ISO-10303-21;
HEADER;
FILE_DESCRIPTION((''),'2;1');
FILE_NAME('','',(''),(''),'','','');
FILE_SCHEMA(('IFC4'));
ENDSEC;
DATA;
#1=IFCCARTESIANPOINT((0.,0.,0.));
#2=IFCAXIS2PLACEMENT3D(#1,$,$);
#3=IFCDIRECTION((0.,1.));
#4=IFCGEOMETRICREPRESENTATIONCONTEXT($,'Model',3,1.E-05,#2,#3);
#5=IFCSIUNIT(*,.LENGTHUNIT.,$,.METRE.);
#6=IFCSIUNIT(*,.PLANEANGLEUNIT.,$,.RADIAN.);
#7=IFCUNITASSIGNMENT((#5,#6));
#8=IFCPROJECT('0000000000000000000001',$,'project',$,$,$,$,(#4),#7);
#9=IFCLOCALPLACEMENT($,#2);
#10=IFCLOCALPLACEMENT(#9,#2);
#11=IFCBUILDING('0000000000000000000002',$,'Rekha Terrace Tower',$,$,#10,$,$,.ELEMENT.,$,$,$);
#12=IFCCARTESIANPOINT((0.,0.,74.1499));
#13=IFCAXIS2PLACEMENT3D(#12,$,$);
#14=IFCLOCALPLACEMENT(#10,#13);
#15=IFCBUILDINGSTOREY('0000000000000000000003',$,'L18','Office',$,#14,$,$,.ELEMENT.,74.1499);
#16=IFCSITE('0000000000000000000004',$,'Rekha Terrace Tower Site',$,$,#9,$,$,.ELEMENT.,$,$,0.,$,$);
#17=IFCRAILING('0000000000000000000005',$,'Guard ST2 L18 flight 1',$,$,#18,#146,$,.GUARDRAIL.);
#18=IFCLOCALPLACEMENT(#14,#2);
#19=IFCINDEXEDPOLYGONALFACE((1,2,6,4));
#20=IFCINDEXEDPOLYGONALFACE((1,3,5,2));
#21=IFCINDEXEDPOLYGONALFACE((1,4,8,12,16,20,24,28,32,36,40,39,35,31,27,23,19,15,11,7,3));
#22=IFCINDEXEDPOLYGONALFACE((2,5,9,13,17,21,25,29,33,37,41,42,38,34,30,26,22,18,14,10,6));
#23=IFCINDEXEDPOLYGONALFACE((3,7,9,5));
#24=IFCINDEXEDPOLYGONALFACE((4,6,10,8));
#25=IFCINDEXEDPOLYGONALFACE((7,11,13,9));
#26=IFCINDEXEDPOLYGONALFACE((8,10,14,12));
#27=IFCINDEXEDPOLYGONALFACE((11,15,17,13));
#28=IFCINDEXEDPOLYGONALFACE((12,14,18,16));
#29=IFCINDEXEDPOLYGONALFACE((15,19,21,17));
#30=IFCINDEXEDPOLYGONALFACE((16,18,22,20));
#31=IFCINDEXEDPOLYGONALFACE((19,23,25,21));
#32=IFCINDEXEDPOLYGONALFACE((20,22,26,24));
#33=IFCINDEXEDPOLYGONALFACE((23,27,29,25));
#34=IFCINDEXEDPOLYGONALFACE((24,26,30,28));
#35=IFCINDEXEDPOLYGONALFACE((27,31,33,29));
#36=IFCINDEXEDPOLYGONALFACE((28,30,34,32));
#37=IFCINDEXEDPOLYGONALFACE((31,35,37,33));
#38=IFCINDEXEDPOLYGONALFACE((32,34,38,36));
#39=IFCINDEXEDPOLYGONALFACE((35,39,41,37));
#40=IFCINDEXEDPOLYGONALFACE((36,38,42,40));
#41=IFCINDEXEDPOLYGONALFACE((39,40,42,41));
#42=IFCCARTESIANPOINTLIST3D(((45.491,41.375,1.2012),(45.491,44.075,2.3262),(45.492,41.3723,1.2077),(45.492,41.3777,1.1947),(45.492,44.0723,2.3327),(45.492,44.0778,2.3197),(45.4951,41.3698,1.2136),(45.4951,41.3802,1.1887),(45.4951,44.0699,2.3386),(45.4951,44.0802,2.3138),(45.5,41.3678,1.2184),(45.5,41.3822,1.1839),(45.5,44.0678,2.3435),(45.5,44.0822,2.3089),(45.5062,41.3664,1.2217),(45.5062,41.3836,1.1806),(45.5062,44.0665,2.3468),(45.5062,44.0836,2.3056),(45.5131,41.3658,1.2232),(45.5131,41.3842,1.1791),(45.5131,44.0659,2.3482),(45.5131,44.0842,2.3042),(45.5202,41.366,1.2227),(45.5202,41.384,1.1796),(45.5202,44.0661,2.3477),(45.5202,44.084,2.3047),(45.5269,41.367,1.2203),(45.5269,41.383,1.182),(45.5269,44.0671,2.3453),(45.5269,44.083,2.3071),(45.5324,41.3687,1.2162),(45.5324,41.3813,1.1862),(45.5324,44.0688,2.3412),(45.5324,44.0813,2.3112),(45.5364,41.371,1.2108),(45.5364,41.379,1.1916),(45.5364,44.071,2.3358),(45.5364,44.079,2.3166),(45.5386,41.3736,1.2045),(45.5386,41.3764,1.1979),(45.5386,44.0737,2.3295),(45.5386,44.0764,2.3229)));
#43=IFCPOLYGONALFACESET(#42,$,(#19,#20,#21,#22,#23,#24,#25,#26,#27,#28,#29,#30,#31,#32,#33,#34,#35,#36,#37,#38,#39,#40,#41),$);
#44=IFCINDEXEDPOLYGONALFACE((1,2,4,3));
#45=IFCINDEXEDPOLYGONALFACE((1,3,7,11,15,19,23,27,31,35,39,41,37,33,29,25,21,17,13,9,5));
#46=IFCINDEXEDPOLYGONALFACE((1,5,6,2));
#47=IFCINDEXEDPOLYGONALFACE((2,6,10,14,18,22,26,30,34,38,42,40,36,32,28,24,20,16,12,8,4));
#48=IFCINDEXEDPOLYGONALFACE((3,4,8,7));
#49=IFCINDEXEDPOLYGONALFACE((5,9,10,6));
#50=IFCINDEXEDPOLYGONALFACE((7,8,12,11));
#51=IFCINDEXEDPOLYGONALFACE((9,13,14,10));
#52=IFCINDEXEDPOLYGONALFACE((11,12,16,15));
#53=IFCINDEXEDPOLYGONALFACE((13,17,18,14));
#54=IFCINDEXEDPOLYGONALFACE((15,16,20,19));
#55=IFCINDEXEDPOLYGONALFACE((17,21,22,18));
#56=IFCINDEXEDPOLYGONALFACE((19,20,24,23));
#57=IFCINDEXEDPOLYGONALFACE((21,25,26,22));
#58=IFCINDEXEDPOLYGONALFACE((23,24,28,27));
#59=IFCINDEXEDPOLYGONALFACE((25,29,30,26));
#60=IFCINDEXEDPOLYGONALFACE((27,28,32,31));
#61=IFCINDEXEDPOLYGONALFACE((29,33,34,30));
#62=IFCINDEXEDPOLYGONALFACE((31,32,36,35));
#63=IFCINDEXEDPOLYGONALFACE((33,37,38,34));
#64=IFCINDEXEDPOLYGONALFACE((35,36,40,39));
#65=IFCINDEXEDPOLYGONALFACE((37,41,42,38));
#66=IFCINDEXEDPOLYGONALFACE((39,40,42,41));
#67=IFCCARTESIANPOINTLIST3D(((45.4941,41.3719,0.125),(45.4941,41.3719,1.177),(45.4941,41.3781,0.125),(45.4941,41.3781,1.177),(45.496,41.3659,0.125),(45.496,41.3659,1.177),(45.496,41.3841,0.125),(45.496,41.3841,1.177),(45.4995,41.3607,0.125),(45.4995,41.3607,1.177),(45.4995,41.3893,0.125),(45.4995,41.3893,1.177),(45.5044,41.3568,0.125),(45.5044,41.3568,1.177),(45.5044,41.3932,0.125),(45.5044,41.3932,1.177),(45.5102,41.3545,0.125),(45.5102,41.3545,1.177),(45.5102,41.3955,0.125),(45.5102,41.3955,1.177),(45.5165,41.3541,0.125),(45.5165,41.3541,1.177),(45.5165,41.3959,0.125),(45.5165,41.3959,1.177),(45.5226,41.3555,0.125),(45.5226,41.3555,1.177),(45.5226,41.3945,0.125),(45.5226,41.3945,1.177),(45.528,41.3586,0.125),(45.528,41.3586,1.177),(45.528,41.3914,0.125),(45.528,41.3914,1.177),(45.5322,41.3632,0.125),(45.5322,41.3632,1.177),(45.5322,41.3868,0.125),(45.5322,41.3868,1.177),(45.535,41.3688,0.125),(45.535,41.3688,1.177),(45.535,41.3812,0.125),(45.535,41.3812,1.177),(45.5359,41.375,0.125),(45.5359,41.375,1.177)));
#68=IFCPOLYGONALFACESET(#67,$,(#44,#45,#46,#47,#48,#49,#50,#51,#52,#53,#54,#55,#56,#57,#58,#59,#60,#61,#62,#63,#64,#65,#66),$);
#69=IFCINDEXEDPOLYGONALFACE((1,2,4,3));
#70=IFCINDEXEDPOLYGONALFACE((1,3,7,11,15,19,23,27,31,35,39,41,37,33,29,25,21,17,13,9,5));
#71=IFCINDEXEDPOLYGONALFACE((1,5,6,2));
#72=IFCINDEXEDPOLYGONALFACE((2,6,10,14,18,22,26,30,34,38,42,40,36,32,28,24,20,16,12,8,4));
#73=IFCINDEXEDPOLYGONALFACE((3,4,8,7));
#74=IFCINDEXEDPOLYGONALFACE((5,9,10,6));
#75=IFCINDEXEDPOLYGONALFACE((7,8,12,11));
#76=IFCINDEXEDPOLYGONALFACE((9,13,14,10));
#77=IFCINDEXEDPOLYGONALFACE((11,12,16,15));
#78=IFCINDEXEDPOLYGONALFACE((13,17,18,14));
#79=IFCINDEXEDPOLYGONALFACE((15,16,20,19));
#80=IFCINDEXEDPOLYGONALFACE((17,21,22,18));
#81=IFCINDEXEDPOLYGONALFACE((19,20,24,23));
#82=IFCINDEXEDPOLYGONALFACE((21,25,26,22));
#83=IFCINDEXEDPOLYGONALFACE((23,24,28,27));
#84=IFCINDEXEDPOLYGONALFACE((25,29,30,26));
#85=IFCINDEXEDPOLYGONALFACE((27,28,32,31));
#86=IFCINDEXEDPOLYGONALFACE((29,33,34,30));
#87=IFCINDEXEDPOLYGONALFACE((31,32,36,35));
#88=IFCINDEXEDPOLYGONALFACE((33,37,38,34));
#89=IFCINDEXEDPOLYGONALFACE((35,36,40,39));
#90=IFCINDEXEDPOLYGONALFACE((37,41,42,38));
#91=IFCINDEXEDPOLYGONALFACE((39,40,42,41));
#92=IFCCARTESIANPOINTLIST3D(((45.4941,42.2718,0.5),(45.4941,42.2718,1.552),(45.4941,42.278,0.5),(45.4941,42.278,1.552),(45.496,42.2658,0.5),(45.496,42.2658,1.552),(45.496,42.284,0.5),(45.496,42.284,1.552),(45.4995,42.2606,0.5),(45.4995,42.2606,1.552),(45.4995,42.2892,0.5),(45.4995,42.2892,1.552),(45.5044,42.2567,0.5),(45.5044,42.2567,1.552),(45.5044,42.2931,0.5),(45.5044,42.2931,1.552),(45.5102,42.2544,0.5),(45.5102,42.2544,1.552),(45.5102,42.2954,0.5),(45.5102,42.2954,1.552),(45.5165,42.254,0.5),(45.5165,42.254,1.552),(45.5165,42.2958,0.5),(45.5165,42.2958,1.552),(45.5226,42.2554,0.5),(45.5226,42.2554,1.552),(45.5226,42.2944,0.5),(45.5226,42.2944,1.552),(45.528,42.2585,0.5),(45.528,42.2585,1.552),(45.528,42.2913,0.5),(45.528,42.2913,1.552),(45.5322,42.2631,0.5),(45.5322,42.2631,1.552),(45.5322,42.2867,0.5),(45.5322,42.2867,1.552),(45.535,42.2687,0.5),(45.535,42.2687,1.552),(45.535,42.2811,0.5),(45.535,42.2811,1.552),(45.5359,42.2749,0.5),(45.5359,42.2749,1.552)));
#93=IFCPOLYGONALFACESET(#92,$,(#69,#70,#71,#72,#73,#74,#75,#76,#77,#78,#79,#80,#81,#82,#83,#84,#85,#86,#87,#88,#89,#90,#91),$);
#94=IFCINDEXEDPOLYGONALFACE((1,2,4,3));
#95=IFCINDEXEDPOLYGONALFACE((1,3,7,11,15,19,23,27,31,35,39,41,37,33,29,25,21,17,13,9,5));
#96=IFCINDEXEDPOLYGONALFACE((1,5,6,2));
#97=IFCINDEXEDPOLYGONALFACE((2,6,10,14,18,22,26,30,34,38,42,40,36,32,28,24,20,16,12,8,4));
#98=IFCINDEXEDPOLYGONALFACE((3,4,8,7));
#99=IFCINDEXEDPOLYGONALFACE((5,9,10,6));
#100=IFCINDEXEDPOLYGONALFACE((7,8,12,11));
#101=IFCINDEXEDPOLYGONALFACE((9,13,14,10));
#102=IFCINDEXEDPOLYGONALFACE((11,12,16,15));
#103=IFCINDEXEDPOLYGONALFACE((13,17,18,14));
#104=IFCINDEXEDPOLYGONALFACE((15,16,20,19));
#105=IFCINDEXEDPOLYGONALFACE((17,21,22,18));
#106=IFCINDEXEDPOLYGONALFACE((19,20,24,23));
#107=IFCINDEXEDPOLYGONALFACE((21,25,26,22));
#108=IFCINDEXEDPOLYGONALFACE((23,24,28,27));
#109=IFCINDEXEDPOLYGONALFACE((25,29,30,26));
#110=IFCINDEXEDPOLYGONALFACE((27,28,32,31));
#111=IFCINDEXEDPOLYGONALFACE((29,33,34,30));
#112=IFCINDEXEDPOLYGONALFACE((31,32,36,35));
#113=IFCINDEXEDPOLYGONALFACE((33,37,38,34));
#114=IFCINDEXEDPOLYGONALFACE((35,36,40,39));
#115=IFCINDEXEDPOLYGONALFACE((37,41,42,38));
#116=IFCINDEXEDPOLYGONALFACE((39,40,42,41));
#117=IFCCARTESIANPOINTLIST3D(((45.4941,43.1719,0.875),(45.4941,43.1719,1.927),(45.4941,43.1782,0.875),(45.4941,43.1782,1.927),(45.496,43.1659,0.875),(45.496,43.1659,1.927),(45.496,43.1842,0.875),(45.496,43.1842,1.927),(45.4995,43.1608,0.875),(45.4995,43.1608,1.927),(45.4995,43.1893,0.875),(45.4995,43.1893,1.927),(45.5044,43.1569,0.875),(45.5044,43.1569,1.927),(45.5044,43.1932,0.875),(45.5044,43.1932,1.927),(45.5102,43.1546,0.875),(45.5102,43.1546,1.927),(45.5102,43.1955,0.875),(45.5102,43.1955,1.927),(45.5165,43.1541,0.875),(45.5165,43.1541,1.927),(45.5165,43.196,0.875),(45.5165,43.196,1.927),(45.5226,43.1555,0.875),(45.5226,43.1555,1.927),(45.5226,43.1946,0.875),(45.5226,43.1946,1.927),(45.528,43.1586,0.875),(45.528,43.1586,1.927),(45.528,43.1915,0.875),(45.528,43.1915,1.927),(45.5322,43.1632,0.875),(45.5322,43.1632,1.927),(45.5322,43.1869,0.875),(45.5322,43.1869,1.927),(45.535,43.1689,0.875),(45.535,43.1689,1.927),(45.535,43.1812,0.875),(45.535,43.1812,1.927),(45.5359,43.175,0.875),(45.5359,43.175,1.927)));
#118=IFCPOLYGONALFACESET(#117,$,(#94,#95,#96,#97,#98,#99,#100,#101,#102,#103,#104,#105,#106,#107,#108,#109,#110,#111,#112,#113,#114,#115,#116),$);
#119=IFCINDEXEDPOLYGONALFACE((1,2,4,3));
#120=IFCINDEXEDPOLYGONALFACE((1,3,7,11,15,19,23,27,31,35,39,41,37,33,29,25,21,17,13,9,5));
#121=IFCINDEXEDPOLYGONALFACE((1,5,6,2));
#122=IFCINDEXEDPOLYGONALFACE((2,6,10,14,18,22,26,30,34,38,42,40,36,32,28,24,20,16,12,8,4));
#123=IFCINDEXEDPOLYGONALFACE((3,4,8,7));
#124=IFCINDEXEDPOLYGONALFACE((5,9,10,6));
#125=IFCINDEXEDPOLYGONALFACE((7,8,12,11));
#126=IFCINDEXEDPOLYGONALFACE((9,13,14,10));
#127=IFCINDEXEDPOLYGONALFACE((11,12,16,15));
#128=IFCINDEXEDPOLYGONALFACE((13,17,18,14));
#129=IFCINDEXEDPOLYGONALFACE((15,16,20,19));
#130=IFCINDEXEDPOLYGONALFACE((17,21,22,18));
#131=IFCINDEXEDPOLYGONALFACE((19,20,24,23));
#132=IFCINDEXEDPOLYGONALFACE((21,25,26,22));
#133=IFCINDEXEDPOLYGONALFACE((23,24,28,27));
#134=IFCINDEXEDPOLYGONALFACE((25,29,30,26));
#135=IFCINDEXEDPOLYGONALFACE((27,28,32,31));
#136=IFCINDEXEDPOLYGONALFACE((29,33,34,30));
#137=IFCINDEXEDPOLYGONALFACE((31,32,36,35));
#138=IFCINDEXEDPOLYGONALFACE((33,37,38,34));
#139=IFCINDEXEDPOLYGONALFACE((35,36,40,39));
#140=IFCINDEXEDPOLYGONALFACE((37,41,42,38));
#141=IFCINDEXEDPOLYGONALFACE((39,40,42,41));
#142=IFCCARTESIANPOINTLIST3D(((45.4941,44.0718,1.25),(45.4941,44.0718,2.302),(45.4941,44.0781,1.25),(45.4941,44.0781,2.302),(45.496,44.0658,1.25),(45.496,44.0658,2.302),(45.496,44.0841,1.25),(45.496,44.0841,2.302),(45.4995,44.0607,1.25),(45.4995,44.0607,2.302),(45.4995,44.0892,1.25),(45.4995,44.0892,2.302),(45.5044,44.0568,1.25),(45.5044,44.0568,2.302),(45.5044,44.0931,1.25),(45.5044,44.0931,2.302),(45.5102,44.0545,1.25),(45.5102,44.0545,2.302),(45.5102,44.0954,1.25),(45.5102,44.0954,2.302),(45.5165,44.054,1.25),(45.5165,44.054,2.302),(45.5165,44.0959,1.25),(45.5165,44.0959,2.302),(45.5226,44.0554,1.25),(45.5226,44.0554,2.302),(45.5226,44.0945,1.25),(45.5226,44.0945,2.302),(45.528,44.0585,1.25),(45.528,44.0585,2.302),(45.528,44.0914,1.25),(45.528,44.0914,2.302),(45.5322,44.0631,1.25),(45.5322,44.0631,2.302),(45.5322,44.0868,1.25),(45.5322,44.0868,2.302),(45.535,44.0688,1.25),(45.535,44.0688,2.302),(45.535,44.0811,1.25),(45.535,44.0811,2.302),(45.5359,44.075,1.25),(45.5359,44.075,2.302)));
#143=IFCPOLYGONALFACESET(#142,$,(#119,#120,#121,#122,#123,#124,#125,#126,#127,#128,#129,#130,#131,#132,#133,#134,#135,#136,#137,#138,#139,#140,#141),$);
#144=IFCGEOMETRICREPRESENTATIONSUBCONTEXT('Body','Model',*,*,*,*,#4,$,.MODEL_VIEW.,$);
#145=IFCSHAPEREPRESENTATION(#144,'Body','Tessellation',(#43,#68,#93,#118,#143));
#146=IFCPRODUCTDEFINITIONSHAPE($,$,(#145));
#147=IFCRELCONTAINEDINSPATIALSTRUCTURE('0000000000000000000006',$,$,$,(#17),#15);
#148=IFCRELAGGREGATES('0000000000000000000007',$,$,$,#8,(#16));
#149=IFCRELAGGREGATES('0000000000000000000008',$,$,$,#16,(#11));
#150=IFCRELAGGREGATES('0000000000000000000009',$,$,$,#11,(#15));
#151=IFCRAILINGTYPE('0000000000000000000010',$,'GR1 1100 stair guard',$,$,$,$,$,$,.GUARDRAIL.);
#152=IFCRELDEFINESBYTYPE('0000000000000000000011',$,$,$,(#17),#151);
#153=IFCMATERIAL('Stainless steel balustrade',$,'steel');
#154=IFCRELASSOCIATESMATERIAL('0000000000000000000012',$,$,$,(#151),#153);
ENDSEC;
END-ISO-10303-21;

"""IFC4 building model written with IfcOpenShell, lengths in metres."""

from ifc_helpers import new_model, si_unit, direction, frame, origin, origin_2d, place, context, subcontext, project, spatial, circle, extrude, material, type_object, element, save


model = new_model("IFC4")

# Units and contexts
model_context = context("Model", 3, precision=1e-05, world=origin(), true_north=direction((0.0, 1.0)))
body_context = subcontext(model_context, "Body", "Model", "MODEL_VIEW")
ifc_project = project(units=[si_unit("LENGTHUNIT", "METRE"), si_unit("PLANEANGLEUNIT", "RADIAN")], contexts=[model_context])

# Site, building, storey
site_placement = place(None, origin())
site = spatial("IfcSite", under=ifc_project, at=site_placement, Name="Rekha Terrace Tower Site", CompositionType="ELEMENT", RefElevation=0.0)
building_placement = place(site_placement, origin())
building = spatial("IfcBuilding", under=site, at=building_placement, Name="Rekha Terrace Tower", CompositionType="ELEMENT")
storey_placement = place(building_placement, frame((0.0, 0.0, 74.1499)))
storey = spatial("IfcBuildingStorey", under=building, at=storey_placement, Name="L18", Description="Office", CompositionType="ELEMENT", Elevation=74.1499)

# Railing
ifc_material_1 = material(Name="Stainless steel balustrade", Category="steel")
railing_type_1 = type_object("IfcRailingType", Name="GR1 1100 stair guard", PredefinedType="GUARDRAIL", material=ifc_material_1)
railing_1_placement = place(storey_placement, frame((45.5149, 41.375, 0.125)))
element("IfcRailing", 1, at=railing_1_placement, inside=storey, type_object=railing_type_1, Name="Guard ST2 L18 flight 1", PredefinedType="GUARDRAIL", context=body_context, shape_type="SweptSolid", body=[
    extrude(circle(Radius=0.0239, at=origin_2d()), frame((0.0, 0.0, 1.0762), z_axis=(0.0, 0.923074, 0.384621), x_axis=(-1.0, 0.0, 0.0)), (0.0, 0.0, 1.0), 2.925),
    extrude(circle(Radius=0.021, at=origin_2d()), origin(), (0.0, 0.0, 1.0), 1.052),
    extrude(circle(Radius=0.021, at=origin_2d()), frame((0.0, 0.8999, 0.375)), (0.0, 0.0, 1.0), 1.052),
    extrude(circle(Radius=0.021, at=origin_2d()), frame((0.0, 1.8, 0.75)), (0.0, 0.0, 1.0), 1.052),
    extrude(circle(Radius=0.021, at=origin_2d()), frame((0.0, 2.7, 1.125)), (0.0, 0.0, 1.0), 1.052),
])

save(model, "model.ifc")
